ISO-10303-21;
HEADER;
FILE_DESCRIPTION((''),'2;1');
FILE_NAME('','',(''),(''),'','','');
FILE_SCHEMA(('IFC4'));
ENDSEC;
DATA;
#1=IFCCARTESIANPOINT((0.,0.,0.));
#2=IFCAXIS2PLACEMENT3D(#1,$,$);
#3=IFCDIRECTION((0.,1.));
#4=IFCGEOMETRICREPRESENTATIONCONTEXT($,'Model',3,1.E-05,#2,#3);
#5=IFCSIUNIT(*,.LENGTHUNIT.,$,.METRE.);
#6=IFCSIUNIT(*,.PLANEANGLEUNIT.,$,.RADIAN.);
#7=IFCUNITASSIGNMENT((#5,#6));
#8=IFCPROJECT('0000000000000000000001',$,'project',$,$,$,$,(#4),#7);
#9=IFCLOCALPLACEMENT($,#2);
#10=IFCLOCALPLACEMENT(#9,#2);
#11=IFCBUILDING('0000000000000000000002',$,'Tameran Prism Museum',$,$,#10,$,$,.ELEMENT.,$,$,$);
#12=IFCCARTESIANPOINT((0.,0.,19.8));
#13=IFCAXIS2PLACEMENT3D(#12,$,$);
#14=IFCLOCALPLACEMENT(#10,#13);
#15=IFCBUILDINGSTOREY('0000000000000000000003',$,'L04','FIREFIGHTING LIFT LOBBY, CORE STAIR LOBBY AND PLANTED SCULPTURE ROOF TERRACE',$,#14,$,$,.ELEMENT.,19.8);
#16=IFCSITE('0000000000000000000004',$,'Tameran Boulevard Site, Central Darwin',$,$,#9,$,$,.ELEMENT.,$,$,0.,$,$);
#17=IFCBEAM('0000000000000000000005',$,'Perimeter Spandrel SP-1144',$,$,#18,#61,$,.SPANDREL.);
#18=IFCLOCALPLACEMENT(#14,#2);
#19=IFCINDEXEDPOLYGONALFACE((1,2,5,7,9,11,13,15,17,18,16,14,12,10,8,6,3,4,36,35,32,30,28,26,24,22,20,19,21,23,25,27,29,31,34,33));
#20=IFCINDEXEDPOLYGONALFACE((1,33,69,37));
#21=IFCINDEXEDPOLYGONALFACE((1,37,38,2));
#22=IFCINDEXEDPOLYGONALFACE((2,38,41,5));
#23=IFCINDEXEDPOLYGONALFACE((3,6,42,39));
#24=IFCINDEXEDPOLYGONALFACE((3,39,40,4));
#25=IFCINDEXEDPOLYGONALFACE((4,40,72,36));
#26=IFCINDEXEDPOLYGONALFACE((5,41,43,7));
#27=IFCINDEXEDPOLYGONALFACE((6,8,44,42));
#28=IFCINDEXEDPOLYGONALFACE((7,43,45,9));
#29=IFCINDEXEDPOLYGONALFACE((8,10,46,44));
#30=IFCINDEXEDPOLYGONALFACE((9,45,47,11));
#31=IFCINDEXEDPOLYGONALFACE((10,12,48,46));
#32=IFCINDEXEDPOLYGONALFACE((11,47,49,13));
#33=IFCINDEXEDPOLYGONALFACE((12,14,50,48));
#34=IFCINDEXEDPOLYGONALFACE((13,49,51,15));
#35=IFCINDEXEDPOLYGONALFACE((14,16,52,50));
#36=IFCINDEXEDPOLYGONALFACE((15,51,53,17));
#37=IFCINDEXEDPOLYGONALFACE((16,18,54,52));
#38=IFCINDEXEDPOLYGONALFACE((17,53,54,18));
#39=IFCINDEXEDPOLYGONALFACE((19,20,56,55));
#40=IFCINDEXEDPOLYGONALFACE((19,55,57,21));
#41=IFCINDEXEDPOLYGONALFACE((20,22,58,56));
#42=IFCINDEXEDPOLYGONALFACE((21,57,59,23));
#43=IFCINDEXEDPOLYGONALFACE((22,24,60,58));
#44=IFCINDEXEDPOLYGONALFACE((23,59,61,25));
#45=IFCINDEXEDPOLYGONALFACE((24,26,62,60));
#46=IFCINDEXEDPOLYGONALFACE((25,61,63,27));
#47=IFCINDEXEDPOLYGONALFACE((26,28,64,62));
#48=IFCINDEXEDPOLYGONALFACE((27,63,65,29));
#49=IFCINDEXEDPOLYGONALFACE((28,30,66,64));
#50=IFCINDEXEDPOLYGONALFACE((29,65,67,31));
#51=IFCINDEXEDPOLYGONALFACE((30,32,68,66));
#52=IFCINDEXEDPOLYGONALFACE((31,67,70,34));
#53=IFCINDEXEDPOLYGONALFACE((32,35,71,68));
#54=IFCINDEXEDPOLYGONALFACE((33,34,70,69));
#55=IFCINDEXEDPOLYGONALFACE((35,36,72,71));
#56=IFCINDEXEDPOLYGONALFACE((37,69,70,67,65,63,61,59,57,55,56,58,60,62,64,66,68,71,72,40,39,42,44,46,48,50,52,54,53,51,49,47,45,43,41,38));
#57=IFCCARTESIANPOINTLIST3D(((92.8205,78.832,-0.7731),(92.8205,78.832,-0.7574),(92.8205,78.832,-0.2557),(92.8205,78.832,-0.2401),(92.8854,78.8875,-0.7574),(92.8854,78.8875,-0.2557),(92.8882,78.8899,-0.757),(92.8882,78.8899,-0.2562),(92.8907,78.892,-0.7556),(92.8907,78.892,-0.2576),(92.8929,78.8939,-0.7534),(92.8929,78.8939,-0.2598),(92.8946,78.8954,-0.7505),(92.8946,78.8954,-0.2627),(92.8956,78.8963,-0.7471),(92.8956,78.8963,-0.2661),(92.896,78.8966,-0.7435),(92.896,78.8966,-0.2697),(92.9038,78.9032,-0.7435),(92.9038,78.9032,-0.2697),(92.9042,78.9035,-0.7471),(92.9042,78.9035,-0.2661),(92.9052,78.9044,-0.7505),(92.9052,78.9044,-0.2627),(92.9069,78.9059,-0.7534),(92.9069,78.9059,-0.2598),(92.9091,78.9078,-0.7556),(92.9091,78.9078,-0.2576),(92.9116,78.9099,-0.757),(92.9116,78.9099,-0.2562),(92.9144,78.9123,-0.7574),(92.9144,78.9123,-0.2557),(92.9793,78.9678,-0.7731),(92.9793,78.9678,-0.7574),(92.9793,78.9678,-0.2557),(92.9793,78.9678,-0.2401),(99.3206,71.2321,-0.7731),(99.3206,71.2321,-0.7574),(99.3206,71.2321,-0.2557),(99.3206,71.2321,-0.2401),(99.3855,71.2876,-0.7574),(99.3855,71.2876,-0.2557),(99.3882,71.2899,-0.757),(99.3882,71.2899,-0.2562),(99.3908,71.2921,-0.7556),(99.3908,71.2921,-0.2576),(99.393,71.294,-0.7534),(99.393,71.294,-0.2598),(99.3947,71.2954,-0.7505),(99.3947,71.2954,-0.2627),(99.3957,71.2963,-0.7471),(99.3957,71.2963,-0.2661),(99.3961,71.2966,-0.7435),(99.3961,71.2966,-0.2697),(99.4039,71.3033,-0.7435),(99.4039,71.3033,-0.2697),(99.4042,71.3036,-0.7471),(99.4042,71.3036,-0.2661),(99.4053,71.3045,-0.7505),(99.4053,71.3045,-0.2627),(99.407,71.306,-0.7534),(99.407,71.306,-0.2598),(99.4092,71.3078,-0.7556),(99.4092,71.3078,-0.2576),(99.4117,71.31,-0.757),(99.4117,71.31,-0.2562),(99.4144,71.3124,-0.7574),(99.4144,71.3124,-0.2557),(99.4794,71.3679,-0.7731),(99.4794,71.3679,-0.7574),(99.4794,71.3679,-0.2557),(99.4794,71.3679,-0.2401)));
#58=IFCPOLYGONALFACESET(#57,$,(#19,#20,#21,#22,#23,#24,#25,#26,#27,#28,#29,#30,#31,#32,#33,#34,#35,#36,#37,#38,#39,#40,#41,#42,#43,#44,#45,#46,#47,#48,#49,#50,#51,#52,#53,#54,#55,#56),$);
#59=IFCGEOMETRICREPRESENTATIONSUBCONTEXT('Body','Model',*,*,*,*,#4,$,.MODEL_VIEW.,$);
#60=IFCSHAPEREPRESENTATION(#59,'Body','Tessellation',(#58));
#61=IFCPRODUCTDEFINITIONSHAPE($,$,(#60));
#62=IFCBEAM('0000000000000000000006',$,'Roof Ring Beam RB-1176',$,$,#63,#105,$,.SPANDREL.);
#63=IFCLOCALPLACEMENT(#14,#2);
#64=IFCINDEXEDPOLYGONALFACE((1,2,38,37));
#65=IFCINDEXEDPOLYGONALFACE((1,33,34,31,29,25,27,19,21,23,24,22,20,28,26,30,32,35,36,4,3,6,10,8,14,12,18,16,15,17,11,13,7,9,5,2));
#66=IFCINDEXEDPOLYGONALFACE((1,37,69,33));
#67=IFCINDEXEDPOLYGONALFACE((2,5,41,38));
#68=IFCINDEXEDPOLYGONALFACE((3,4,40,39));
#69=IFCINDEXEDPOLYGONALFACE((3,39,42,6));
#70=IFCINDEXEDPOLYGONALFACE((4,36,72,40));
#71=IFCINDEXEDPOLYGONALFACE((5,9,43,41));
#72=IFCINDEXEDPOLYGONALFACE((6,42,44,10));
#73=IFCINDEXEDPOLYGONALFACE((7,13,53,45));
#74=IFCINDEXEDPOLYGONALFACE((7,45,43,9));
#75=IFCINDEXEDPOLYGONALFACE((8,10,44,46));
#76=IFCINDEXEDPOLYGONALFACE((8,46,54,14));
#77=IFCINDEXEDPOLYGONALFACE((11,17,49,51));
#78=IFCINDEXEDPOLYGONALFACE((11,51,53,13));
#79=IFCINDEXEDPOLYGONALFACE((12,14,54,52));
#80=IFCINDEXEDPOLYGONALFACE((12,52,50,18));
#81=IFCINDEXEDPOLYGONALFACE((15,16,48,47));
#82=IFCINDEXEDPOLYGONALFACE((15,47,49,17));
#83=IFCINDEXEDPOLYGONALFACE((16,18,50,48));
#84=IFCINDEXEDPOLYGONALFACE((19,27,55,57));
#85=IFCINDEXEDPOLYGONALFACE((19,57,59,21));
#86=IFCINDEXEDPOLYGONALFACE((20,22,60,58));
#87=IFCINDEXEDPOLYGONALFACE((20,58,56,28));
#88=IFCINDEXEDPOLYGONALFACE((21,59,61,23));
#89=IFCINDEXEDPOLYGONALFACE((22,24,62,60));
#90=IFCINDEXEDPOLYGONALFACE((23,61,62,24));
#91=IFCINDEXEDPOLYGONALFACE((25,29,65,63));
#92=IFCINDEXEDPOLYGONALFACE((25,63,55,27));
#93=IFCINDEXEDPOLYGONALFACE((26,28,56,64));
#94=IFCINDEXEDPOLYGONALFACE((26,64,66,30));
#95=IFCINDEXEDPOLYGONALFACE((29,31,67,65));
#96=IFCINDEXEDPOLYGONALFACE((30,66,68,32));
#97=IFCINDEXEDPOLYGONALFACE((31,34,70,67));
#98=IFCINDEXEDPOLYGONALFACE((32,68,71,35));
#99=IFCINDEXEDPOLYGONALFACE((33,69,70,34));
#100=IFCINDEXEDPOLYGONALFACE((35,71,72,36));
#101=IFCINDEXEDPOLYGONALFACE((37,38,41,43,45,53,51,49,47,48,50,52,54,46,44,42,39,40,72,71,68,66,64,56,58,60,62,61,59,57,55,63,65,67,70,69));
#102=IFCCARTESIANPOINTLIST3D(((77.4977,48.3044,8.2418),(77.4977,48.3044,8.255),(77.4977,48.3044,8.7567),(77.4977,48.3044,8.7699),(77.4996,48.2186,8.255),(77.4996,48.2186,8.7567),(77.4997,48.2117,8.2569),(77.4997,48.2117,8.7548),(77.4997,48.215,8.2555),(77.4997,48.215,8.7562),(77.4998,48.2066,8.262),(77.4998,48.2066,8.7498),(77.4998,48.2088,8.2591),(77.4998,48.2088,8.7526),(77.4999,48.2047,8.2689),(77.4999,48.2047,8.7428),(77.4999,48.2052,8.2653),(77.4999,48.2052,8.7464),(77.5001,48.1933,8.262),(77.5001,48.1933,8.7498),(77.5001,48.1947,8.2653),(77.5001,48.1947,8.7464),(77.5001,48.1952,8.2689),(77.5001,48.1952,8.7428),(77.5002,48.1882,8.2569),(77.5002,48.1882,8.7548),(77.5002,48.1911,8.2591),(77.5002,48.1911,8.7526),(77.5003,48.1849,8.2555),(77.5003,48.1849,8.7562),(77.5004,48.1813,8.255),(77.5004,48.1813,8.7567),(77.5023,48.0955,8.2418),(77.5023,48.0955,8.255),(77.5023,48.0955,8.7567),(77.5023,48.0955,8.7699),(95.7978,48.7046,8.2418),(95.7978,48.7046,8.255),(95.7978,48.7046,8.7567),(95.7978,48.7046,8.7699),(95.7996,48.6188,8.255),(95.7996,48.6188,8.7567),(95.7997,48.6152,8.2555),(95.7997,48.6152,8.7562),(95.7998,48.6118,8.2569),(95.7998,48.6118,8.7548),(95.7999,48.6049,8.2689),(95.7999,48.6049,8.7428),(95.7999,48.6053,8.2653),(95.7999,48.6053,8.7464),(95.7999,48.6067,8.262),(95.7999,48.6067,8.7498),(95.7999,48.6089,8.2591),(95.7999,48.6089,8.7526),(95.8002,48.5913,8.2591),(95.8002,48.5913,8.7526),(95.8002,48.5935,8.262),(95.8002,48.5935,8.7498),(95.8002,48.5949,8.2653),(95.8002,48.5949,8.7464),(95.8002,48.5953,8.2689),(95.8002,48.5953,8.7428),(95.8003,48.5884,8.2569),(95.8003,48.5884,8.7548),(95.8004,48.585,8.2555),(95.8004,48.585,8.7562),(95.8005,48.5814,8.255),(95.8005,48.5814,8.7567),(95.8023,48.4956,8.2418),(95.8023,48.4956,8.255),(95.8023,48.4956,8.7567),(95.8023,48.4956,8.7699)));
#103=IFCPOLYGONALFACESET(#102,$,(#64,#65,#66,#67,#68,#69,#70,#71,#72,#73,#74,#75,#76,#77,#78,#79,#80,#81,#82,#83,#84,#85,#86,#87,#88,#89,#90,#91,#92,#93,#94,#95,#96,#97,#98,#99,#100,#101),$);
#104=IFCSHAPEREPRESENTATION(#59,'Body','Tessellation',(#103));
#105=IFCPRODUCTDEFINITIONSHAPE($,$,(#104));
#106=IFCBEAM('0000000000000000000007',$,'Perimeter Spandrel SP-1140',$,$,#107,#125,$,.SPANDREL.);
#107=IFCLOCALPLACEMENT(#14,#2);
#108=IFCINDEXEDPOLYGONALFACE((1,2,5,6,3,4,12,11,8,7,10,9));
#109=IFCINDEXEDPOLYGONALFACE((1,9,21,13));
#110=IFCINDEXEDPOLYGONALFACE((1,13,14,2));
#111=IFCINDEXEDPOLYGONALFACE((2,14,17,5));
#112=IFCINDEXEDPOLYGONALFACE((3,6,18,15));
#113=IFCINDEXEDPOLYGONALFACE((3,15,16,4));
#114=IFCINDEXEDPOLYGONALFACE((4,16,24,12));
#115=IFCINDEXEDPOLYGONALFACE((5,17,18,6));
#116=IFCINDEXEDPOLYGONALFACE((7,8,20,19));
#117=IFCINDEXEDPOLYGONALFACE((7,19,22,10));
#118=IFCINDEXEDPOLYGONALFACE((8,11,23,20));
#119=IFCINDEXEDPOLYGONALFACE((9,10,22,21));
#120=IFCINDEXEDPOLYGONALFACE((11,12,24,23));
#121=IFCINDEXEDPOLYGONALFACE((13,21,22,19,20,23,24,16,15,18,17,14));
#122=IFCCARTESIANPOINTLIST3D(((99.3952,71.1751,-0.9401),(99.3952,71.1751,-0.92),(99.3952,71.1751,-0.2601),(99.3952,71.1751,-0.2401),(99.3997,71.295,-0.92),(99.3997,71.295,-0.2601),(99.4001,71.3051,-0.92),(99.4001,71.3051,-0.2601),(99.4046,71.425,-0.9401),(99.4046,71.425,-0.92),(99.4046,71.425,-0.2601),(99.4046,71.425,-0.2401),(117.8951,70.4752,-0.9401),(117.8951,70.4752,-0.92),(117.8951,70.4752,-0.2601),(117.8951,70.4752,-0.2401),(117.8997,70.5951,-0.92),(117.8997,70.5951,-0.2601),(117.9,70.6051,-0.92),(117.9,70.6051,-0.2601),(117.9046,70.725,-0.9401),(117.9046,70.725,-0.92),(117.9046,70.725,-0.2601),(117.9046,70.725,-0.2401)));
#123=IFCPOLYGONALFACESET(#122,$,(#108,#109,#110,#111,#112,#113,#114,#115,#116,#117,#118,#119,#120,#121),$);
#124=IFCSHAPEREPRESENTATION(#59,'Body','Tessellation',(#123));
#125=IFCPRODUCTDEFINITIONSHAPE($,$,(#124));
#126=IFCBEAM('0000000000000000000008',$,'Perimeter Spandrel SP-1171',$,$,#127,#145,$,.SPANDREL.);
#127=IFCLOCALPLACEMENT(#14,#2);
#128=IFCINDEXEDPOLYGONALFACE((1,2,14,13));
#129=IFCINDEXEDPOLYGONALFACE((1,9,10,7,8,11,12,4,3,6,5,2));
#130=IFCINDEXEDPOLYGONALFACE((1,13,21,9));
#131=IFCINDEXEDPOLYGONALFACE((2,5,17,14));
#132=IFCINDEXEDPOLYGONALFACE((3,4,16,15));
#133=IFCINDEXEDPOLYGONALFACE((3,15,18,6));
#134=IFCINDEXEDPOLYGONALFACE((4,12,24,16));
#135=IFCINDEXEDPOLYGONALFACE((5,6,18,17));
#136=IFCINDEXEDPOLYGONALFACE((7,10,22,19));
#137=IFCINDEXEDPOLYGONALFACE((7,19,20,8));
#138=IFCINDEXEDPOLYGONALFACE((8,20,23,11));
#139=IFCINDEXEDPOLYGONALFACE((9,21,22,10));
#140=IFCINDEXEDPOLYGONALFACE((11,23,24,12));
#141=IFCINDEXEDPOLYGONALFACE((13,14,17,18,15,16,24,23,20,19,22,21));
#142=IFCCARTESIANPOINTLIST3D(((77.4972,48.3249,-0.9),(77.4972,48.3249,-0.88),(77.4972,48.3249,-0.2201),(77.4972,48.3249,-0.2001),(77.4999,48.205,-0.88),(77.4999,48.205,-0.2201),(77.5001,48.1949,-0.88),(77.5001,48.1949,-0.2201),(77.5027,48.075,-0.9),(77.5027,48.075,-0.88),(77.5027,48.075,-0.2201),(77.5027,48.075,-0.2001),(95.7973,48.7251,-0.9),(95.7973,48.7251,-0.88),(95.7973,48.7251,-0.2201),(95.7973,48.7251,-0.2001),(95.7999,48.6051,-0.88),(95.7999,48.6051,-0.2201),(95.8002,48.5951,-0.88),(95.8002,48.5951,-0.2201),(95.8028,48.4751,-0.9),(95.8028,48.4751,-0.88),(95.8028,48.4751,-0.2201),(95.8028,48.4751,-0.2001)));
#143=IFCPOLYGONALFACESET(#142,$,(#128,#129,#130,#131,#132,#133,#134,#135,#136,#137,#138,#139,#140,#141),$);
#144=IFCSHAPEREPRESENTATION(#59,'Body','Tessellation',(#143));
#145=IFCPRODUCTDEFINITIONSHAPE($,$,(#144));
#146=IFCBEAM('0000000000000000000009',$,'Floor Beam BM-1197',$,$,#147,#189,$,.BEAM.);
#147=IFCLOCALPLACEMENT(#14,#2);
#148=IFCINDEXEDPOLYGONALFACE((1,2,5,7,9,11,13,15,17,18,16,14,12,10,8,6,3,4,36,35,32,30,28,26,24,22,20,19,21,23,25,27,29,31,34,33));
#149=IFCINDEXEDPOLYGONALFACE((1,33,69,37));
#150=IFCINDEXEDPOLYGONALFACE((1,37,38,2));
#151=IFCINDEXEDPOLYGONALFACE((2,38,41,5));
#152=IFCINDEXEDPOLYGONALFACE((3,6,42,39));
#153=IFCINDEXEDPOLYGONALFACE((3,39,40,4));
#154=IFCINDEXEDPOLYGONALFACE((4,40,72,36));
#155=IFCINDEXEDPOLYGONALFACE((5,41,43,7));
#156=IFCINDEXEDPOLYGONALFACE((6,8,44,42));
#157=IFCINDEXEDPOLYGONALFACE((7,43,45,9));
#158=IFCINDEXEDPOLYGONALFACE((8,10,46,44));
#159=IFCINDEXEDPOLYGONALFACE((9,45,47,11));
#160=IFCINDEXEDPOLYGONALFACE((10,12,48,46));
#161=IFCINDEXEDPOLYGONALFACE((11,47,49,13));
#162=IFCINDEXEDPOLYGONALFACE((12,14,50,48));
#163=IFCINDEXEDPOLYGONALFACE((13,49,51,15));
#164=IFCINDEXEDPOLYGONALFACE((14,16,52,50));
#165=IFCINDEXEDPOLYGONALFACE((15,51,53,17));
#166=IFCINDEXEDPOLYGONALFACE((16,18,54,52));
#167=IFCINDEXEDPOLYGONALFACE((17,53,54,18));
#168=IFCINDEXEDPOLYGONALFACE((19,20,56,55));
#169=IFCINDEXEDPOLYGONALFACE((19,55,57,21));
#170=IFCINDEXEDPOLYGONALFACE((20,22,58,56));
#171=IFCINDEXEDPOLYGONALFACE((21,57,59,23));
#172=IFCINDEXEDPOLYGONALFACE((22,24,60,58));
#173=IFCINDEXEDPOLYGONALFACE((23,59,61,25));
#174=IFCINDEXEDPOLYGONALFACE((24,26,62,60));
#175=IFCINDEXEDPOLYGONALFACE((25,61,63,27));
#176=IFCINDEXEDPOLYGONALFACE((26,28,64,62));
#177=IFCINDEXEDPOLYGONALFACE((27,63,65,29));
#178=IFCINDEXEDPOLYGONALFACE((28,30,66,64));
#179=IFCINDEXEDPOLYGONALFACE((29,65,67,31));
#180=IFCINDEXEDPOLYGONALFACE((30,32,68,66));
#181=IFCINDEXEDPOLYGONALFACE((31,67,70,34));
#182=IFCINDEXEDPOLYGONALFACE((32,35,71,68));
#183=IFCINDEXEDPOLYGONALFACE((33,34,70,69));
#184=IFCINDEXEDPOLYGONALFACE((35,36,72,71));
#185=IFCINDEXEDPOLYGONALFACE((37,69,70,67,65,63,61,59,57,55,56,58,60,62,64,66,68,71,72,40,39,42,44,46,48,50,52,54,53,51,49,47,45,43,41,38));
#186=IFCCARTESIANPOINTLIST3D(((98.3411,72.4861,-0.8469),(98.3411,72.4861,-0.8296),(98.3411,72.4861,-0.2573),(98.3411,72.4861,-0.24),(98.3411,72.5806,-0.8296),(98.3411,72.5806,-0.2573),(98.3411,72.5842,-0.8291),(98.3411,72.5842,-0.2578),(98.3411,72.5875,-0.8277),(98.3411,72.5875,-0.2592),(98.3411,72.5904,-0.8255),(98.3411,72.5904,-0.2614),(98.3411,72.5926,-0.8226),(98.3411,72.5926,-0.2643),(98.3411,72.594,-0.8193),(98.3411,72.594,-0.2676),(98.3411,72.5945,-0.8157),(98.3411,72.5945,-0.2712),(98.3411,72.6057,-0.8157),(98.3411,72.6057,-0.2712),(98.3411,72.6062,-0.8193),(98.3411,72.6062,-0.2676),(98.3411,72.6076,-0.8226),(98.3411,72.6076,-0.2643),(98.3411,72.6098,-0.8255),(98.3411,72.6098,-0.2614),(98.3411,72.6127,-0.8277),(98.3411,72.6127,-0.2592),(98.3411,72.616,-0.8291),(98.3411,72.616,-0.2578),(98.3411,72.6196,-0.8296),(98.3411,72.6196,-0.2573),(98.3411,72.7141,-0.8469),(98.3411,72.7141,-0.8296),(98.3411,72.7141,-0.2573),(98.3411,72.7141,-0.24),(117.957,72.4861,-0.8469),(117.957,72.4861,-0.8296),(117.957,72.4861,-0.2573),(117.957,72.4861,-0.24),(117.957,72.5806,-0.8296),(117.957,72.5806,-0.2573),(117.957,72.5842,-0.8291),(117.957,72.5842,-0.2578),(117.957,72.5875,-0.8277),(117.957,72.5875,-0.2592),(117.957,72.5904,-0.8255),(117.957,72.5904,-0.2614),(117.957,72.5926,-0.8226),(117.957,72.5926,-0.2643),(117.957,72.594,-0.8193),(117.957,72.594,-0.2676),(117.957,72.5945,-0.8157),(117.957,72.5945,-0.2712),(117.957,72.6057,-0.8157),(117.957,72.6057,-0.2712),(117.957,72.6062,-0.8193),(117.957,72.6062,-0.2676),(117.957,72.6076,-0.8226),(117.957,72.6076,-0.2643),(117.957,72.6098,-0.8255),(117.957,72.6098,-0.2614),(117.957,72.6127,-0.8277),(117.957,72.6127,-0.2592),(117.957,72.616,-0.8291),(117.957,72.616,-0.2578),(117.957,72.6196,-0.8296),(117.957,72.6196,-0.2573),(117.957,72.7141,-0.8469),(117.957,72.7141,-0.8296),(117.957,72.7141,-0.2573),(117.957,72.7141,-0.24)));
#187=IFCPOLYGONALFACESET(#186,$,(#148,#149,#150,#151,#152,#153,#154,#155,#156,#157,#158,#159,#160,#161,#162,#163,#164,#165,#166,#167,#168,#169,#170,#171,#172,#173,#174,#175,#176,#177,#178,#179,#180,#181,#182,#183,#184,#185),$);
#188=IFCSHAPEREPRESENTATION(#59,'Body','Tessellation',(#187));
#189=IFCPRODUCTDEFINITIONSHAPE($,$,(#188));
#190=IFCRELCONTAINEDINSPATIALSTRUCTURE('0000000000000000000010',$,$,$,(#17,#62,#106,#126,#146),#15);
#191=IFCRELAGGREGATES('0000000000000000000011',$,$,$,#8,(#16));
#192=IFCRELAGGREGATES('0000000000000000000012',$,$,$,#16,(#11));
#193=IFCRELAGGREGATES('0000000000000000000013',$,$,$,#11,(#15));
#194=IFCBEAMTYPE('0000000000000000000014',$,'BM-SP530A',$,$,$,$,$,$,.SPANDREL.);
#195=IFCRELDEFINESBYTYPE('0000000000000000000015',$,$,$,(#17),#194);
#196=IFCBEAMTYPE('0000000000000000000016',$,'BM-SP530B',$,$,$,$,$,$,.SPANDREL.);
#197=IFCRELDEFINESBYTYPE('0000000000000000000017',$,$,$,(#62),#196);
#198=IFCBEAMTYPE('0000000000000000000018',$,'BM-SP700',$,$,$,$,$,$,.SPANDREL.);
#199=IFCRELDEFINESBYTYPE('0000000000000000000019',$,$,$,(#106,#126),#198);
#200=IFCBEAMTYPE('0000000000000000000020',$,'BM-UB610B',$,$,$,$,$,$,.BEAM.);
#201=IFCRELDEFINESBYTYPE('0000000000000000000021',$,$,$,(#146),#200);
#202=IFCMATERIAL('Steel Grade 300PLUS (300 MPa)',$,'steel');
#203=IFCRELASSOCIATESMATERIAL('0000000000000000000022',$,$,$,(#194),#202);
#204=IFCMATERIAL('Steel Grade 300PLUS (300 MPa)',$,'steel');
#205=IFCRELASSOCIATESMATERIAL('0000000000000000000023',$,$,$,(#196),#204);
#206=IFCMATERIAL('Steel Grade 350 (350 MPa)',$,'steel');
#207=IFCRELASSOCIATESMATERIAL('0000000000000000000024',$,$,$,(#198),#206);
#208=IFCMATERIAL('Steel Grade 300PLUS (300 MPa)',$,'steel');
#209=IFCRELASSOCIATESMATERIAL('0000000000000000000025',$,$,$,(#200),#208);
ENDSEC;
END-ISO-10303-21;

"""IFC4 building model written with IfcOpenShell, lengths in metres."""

from ifc_helpers import new_model, si_unit, direction, frame, origin, origin_2d, place, context, subcontext, project, spatial, i_section, extrude, material, material_profile, profile_set, type_object, element, save


model = new_model("IFC4")

# Units and contexts
model_context = context("Model", 3, precision=1e-05, world=origin(), true_north=direction((0.0, 1.0)))
body_context = subcontext(model_context, "Body", "Model", "MODEL_VIEW")
ifc_project = project(units=[si_unit("LENGTHUNIT", "METRE"), si_unit("PLANEANGLEUNIT", "RADIAN")], contexts=[model_context])

# Site, building, storey
site_placement = place(None, origin())
site = spatial("IfcSite", under=ifc_project, at=site_placement, Name="Tameran Boulevard Site, Central Darwin", CompositionType="ELEMENT", RefElevation=0.0)
building_placement = place(site_placement, origin())
building = spatial("IfcBuilding", under=site, at=building_placement, Name="Tameran Prism Museum", CompositionType="ELEMENT")
storey_placement = place(building_placement, frame((0.0, 0.0, 19.8)))
storey = spatial("IfcBuildingStorey", under=building, at=storey_placement, Name="L04", Description="FIREFIGHTING LIFT LOBBY, CORE STAIR LOBBY AND PLANTED SCULPTURE ROOF TERRACE", CompositionType="ELEMENT", Elevation=19.8)

# Beams
ifc_material_1 = material(Name="Steel Grade 300PLUS (300 MPa)", Category="steel")
ifc_material_profile_1 = material_profile(ifc_material_1, i_section(OverallWidth=0.209, OverallDepth=0.533, WebThickness=0.0103, FlangeThickness=0.0156, FilletRadius=0.0139, at=origin_2d()))
ifc_profile_set_1 = profile_set([ifc_material_profile_1])
beam_type_1 = type_object("IfcBeamType", Name="BM-SP530A", PredefinedType="SPANDREL", material=ifc_profile_set_1)
beam_1_placement = place(storey_placement, frame((92.8999, 78.8999, -0.5066), z_axis=(0.649975, -0.759956, 0.0), x_axis=(0.759956, 0.649975, 0.0)))
element("IfcBeam", 1, at=beam_1_placement, inside=storey, type_object=beam_type_1, Name="Perimeter Spandrel SP-1144", PredefinedType="SPANDREL", context=body_context, shape_type="SweptSolid", body=[
    extrude(i_section(OverallWidth=0.209, OverallDepth=0.533, WebThickness=0.0103, FlangeThickness=0.0156, FilletRadius=0.0139, at=origin_2d()), origin(), (0.0, 0.0, 1.0), 10.0005),
])
ifc_material_2 = material(Name="Steel Grade 300PLUS (300 MPa)", Category="steel")
ifc_material_profile_2 = material_profile(ifc_material_2, i_section(OverallWidth=0.209, OverallDepth=0.5281, WebThickness=0.0095, FlangeThickness=0.0132, FilletRadius=0.0139, at=origin_2d()))
ifc_profile_set_2 = profile_set([ifc_material_profile_2])
beam_type_2 = type_object("IfcBeamType", Name="BM-SP530B", PredefinedType="SPANDREL", material=ifc_profile_set_2)
beam_2_placement = place(storey_placement, frame((95.8, 48.6001, 8.5059), z_axis=(-0.999761, -0.021861, 0.0), x_axis=(0.021861, -0.999761, 0.0)))
element("IfcBeam", 2, at=beam_2_placement, inside=storey, type_object=beam_type_2, Name="Roof Ring Beam RB-1176", PredefinedType="SPANDREL", context=body_context, shape_type="SweptSolid", body=[
    extrude(i_section(OverallWidth=0.209, OverallDepth=0.5281, WebThickness=0.0095, FlangeThickness=0.0132, FilletRadius=0.0139, at=origin_2d()), origin(), (0.0, 0.0, 1.0), 18.3044),
])
ifc_material_3 = material(Name="Steel Grade 350 (350 MPa)", Category="steel")
ifc_material_profile_3 = material_profile(ifc_material_3, i_section(OverallWidth=0.25, OverallDepth=0.7, WebThickness=0.01, FlangeThickness=0.02, at=origin_2d()))
ifc_profile_set_3 = profile_set([ifc_material_profile_3])
beam_type_3 = type_object("IfcBeamType", Name="BM-SP700", PredefinedType="SPANDREL", material=ifc_profile_set_3)
beam_3_placement = place(storey_placement, frame((99.3999, 71.3, -0.5901), z_axis=(0.999285, -0.037808, 0.0), x_axis=(0.037808, 0.999285, 0.0)))
element("IfcBeam", 3, at=beam_3_placement, inside=storey, type_object=beam_type_3, Name="Perimeter Spandrel SP-1140", PredefinedType="SPANDREL", context=body_context, shape_type="SweptSolid", body=[
    extrude(i_section(OverallWidth=0.25, OverallDepth=0.7, WebThickness=0.01, FlangeThickness=0.02, at=origin_2d()), origin(), (0.0, 0.0, 1.0), 18.5132),
])
beam_4_placement = place(storey_placement, frame((95.8, 48.6001, -0.55), z_axis=(-0.999761, -0.021861, 0.0), x_axis=(0.021861, -0.999761, 0.0)))
element("IfcBeam", 4, at=beam_4_placement, inside=storey, type_object=beam_type_3, Name="Perimeter Spandrel SP-1171", PredefinedType="SPANDREL", context=body_context, shape_type="SweptSolid", body=[
    extrude(i_section(OverallWidth=0.25, OverallDepth=0.7, WebThickness=0.01, FlangeThickness=0.02, at=origin_2d()), origin(), (0.0, 0.0, 1.0), 18.3044),
])
ifc_material_4 = material(Name="Steel Grade 300PLUS (300 MPa)", Category="steel")
ifc_material_profile_4 = material_profile(ifc_material_4, i_section(OverallWidth=0.228, OverallDepth=0.6069, WebThickness=0.0112, FlangeThickness=0.0173, FilletRadius=0.0139, at=origin_2d()))
ifc_profile_set_4 = profile_set([ifc_material_profile_4])
beam_type_4 = type_object("IfcBeamType", Name="BM-UB610B", PredefinedType="BEAM", material=ifc_profile_set_4)
beam_5_placement = place(storey_placement, frame((98.3411, 72.6001, -0.5435), z_axis=(1.0, 0.0, 0.0), x_axis=(0.0, 1.0, 0.0)))
element("IfcBeam", 5, at=beam_5_placement, inside=storey, type_object=beam_type_4, Name="Floor Beam BM-1197", PredefinedType="BEAM", context=body_context, shape_type="SweptSolid", body=[
    extrude(i_section(OverallWidth=0.228, OverallDepth=0.6069, WebThickness=0.0112, FlangeThickness=0.0173, FilletRadius=0.0139, at=origin_2d()), origin(), (0.0, 0.0, 1.0), 19.616),
])

save(model, "model.ifc")
